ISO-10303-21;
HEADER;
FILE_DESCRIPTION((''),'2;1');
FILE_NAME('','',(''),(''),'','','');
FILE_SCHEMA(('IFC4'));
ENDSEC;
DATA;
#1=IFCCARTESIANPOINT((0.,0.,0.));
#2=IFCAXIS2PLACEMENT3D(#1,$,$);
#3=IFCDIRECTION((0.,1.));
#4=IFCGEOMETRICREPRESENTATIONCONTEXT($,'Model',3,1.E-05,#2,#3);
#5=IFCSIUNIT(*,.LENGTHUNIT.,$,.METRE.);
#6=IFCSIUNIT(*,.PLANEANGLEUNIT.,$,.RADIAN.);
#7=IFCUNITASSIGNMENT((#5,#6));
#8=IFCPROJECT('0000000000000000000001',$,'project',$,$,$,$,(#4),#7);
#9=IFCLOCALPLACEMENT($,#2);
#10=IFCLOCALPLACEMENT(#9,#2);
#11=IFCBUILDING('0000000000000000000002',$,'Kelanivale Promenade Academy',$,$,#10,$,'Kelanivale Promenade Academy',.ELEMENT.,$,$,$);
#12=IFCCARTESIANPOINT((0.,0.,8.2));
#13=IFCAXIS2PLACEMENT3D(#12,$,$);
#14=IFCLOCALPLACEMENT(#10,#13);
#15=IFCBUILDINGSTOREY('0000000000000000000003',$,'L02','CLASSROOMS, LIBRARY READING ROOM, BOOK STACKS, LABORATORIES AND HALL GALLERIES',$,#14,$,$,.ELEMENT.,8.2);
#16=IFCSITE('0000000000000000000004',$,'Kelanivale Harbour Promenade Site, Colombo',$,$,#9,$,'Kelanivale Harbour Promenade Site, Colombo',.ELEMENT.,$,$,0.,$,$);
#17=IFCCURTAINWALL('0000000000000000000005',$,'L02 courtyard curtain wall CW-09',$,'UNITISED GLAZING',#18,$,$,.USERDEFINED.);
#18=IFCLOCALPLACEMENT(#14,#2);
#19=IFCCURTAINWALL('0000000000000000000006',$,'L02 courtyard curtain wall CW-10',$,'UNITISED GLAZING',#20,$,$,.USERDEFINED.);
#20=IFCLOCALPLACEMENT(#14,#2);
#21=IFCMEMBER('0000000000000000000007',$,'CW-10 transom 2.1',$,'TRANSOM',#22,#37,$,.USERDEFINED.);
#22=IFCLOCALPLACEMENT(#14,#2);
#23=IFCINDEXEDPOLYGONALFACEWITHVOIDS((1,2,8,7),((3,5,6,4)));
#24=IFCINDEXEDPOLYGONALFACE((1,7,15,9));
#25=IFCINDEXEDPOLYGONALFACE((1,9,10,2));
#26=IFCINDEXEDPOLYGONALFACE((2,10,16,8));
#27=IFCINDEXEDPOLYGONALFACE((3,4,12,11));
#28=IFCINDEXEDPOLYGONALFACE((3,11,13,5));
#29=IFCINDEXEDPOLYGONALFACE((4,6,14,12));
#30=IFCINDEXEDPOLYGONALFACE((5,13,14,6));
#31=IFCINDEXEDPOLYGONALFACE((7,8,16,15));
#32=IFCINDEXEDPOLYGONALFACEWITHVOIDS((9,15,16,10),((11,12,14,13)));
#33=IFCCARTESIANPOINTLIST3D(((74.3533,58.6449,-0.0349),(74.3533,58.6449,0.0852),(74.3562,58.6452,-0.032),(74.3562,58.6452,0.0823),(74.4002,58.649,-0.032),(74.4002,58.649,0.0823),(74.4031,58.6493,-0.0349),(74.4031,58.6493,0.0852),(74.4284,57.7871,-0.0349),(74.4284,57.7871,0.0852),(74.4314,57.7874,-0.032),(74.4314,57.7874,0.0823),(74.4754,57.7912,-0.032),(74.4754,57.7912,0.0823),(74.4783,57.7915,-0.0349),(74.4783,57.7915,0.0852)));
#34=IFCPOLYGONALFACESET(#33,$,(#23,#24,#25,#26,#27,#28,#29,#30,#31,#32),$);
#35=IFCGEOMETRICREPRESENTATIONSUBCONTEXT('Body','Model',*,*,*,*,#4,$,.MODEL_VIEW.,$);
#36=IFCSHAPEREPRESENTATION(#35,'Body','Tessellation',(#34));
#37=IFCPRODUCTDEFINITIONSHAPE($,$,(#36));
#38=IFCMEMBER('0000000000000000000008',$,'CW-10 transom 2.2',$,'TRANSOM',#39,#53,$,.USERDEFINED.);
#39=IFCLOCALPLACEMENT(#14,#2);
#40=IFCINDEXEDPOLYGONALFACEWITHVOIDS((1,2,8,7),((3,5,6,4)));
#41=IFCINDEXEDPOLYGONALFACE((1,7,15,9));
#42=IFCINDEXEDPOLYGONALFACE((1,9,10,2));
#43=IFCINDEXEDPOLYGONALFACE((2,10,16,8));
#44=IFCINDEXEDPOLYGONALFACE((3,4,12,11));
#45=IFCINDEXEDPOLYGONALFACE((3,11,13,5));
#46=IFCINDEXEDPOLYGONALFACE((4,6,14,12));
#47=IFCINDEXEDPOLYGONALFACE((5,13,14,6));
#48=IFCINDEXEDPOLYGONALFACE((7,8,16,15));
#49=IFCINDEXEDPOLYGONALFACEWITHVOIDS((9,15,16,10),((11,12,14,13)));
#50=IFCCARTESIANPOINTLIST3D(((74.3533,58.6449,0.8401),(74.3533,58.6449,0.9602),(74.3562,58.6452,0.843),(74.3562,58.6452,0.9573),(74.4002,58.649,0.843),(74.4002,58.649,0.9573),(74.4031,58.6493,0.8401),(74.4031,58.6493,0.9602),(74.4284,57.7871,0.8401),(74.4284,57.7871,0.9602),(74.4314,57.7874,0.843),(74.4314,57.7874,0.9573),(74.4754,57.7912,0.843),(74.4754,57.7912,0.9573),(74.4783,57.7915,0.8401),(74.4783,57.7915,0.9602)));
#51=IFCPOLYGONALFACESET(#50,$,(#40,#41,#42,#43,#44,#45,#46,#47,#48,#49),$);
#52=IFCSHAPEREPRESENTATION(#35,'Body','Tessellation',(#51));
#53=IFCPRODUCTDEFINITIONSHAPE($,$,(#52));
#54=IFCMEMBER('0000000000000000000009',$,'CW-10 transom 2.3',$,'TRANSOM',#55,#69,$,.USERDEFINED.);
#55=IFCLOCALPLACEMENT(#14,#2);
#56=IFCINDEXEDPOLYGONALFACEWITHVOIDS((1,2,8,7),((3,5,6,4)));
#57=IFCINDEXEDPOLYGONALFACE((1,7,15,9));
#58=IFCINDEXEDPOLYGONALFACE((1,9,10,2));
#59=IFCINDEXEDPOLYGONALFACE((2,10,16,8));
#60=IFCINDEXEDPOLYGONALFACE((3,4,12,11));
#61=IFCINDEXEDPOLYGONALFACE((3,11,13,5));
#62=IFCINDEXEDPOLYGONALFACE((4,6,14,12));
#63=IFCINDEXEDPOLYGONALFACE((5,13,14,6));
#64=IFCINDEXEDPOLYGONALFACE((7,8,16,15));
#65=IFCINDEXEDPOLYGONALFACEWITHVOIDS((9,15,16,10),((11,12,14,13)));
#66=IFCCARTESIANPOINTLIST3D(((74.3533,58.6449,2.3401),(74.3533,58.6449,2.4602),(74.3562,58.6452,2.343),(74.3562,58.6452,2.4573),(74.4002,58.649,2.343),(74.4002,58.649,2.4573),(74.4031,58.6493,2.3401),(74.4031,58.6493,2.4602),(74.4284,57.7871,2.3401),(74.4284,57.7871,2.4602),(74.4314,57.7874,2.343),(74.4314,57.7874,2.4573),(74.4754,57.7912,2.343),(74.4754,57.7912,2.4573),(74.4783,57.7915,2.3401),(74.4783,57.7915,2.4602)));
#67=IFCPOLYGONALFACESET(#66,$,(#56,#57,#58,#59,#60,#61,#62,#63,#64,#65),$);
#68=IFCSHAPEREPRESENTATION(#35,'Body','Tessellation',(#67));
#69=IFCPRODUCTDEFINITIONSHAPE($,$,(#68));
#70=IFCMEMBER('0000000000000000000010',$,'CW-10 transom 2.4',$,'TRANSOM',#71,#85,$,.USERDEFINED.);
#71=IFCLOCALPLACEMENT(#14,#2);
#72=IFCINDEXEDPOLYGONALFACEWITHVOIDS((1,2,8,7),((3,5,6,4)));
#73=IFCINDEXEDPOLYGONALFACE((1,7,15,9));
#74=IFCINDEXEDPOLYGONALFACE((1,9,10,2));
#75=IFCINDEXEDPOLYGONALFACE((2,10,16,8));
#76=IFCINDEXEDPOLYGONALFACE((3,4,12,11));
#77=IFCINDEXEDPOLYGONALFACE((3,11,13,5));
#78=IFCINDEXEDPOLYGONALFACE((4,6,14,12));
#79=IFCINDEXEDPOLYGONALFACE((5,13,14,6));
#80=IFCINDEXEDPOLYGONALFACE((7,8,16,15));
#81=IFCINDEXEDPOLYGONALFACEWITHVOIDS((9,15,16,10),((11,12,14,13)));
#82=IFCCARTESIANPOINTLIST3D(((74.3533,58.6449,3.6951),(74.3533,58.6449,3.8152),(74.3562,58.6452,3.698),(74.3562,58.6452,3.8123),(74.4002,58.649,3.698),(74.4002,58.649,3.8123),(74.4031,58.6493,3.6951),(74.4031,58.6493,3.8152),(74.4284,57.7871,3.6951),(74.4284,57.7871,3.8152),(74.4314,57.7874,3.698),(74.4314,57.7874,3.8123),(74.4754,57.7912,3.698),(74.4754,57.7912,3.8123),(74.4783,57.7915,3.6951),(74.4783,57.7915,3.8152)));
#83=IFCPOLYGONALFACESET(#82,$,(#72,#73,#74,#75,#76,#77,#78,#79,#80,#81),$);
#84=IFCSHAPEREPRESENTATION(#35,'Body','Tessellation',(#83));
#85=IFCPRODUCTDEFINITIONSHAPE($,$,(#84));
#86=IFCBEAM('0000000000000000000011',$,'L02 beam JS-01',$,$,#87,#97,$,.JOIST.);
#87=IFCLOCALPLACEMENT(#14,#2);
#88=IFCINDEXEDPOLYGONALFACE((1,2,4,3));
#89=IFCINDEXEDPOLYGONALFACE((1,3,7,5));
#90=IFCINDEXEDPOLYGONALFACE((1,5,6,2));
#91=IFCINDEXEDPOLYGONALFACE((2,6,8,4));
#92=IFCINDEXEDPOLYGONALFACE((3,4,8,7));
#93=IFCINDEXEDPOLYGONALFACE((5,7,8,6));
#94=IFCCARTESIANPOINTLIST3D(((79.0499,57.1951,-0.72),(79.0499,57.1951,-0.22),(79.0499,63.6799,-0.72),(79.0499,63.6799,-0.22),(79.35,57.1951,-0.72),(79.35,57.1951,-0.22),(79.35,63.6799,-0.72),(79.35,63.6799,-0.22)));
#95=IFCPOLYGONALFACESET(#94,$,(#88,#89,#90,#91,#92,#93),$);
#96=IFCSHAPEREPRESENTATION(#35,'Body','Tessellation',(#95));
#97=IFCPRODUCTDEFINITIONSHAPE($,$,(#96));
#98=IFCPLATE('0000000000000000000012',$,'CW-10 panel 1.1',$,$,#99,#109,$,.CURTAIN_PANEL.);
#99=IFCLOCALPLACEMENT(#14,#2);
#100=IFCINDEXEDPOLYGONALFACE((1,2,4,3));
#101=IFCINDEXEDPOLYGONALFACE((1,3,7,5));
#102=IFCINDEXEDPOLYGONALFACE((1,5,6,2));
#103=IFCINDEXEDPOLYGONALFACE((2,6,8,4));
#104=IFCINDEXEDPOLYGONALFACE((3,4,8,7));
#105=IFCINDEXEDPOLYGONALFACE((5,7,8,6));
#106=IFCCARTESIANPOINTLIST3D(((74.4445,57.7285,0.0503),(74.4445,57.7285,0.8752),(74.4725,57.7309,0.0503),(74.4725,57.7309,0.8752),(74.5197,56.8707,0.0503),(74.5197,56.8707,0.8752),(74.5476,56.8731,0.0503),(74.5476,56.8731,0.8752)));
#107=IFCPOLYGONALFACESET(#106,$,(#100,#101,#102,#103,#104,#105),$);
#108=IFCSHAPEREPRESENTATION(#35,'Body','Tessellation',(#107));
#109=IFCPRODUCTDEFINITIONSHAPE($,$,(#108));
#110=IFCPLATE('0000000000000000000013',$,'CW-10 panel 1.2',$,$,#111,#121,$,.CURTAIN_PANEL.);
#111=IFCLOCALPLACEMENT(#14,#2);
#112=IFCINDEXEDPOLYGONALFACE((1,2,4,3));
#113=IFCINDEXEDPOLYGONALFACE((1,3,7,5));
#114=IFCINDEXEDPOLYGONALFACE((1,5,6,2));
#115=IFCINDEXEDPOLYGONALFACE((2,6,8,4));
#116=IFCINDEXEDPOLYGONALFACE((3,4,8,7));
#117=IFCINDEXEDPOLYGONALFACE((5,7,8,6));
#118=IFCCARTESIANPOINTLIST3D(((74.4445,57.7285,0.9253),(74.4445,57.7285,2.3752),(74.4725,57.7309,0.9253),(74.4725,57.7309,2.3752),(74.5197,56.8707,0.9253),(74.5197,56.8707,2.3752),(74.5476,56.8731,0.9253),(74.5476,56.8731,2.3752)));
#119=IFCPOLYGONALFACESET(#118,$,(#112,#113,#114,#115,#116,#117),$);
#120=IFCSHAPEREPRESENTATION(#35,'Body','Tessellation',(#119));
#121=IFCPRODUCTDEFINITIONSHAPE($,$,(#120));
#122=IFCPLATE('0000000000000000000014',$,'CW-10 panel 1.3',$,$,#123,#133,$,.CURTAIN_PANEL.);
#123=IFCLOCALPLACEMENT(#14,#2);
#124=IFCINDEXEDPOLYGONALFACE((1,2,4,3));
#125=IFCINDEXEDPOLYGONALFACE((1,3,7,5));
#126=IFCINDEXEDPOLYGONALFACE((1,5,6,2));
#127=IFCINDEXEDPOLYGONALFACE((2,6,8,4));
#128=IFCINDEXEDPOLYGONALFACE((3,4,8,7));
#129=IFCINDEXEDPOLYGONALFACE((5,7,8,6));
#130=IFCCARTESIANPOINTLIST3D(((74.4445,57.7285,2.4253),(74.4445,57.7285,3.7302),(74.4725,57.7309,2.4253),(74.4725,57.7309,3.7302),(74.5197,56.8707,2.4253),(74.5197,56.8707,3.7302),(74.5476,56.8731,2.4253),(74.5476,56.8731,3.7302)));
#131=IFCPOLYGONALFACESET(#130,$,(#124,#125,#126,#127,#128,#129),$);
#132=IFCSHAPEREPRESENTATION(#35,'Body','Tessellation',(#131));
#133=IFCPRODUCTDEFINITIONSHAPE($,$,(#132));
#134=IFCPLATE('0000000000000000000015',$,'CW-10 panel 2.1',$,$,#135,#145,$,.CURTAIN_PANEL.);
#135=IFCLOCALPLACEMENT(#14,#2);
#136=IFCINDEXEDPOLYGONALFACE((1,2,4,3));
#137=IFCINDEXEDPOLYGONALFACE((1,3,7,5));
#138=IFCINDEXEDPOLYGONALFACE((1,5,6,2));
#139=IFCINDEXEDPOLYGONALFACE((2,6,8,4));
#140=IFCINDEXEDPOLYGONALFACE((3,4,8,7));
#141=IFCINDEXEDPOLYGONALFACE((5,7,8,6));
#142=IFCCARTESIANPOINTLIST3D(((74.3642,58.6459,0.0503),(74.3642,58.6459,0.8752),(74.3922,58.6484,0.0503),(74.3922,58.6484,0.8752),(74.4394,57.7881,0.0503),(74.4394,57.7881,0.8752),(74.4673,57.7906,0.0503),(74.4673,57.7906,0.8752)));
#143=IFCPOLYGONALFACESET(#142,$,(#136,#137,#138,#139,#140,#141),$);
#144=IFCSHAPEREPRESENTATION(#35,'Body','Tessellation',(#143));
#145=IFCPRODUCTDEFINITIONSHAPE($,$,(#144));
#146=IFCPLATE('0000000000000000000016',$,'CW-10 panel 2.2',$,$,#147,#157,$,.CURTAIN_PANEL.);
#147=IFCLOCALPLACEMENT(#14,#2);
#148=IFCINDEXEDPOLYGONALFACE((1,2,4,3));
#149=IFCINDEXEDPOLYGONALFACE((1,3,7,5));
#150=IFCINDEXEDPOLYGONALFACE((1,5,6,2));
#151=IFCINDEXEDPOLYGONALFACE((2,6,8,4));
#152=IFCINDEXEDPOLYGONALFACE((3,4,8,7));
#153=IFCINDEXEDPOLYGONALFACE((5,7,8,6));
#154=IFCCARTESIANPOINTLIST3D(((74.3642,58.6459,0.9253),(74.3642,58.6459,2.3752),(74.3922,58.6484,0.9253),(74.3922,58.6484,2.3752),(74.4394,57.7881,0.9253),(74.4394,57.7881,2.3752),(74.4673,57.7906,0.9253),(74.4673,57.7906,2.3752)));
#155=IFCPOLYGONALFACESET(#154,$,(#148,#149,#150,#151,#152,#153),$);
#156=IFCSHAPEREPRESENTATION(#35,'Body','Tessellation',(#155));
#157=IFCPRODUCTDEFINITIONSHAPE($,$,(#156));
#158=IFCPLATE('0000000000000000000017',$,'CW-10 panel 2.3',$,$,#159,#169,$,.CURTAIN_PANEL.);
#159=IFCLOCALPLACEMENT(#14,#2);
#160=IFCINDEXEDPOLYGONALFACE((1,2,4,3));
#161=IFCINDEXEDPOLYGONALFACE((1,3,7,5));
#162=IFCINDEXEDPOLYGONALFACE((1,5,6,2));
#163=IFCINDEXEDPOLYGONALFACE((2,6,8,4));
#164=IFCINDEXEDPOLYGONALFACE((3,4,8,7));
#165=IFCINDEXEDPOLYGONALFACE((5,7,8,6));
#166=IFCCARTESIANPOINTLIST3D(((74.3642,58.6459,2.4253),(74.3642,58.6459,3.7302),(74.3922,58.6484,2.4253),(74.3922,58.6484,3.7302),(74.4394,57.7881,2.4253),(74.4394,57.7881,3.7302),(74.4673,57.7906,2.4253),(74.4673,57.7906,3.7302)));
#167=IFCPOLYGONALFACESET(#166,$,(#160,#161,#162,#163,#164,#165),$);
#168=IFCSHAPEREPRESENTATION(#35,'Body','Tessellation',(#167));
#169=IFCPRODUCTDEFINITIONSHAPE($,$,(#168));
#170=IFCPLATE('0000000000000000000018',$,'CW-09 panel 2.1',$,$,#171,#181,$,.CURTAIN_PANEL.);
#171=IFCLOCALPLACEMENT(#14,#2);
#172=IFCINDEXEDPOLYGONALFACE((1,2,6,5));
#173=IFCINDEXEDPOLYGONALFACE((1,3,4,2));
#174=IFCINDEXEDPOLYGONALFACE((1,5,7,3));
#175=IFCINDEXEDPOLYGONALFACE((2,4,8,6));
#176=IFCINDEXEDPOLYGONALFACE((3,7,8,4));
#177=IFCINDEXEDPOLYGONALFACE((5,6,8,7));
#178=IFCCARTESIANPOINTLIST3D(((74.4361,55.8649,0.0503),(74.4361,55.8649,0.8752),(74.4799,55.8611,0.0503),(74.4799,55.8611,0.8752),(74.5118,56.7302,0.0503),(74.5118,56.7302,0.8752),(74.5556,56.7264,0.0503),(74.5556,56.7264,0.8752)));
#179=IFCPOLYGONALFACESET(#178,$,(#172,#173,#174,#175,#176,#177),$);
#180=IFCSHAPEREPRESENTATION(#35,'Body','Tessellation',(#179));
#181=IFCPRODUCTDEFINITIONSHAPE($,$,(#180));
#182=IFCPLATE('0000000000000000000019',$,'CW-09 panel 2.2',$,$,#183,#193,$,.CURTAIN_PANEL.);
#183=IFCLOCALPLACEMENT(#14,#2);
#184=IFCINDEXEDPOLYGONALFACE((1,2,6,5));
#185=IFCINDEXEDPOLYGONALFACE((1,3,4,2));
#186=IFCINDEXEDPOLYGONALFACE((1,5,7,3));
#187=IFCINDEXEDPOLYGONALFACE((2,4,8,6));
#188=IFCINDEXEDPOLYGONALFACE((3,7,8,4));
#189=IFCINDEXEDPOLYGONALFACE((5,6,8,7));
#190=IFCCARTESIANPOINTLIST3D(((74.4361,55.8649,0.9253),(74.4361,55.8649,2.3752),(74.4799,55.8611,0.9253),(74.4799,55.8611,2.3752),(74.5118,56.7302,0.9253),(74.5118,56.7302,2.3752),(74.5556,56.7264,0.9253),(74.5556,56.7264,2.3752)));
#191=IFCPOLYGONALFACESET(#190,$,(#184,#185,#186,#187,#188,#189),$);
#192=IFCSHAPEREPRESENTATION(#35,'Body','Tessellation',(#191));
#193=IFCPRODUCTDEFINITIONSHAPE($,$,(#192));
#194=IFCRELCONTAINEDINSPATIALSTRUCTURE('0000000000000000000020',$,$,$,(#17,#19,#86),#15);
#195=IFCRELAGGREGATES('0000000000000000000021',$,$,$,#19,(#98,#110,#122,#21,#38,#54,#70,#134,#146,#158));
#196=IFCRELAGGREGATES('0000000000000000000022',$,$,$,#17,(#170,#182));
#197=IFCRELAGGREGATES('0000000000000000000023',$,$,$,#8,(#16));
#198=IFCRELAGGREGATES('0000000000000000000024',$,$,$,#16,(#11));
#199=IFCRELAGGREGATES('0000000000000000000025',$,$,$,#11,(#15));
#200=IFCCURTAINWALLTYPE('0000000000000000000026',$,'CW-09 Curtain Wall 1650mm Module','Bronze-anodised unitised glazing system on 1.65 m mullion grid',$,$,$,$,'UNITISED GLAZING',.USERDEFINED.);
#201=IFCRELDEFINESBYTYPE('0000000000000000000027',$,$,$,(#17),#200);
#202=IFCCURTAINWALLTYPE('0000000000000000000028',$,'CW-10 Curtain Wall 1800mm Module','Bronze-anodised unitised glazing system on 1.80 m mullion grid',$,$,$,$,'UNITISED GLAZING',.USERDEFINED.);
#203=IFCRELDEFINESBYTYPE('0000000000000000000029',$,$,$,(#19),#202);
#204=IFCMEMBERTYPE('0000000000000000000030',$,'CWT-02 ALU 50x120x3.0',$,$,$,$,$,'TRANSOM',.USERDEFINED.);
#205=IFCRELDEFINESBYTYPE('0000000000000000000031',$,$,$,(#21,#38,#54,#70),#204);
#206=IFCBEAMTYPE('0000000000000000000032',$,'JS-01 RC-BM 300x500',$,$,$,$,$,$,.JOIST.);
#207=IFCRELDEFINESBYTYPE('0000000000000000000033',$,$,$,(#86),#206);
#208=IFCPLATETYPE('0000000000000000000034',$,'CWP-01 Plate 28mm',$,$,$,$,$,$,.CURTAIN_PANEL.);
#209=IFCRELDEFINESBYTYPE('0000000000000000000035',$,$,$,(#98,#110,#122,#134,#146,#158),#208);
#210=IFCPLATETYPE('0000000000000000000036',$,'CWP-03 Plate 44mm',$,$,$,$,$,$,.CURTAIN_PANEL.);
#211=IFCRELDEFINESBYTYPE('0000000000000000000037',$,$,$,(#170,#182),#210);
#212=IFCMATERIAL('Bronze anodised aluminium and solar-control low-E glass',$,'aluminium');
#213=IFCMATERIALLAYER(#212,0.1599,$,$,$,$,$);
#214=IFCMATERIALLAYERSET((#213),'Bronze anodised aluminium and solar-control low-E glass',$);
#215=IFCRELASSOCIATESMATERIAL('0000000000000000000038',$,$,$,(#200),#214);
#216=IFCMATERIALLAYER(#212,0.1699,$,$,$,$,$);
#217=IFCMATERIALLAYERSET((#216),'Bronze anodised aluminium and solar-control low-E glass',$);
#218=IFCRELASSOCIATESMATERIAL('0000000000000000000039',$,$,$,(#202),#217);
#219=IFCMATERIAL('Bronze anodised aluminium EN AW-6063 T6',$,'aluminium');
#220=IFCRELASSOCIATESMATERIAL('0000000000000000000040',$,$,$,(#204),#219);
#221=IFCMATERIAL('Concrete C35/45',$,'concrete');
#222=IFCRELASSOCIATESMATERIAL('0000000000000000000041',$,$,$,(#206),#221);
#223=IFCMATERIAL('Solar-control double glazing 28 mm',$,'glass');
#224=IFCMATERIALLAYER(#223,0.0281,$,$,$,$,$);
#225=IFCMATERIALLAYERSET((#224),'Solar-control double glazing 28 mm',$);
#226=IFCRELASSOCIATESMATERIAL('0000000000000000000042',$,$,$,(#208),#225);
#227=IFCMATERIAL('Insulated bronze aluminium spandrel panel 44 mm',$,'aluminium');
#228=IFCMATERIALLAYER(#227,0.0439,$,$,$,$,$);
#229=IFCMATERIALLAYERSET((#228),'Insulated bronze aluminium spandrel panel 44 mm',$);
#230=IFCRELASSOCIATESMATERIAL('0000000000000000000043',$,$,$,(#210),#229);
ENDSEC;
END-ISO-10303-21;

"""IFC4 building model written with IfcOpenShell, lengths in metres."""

from ifc_helpers import new_model, si_unit, direction, frame, origin, origin_2d, place, context, subcontext, project, spatial, rectangle, hollow_rectangle, extrude, material, layer, layer_set, material_profile, profile_set, type_object, element, aggregate, save


model = new_model("IFC4")

# Units and contexts
model_context = context("Model", 3, precision=1e-05, world=origin(), true_north=direction((0.0, 1.0)))
body_context = subcontext(model_context, "Body", "Model", "MODEL_VIEW")
ifc_project = project(units=[si_unit("LENGTHUNIT", "METRE"), si_unit("PLANEANGLEUNIT", "RADIAN")], contexts=[model_context])

# Site, building, storey
site_placement = place(None, origin())
site = spatial("IfcSite", under=ifc_project, at=site_placement, Name="Kelanivale Harbour Promenade Site, Colombo", LongName="Kelanivale Harbour Promenade Site, Colombo", CompositionType="ELEMENT", RefElevation=0.0)
building_placement = place(site_placement, origin())
building = spatial("IfcBuilding", under=site, at=building_placement, Name="Kelanivale Promenade Academy", LongName="Kelanivale Promenade Academy", CompositionType="ELEMENT")
storey_placement = place(building_placement, frame((0.0, 0.0, 8.2)))
storey = spatial("IfcBuildingStorey", under=building, at=storey_placement, Name="L02", Description="CLASSROOMS, LIBRARY READING ROOM, BOOK STACKS, LABORATORIES AND HALL GALLERIES", CompositionType="ELEMENT", Elevation=8.2)

# Shared definitions
ifc_material_1 = material(Name="Concrete C35/45", Category="concrete")

# Curtain wall
ifc_material_2 = material(Name="Bronze anodised aluminium and solar-control low-E glass", Category="aluminium")
ifc_layer_1 = layer(ifc_material_2, 0.1599)
ifc_layer_set_1 = layer_set([ifc_layer_1], Name="Bronze anodised aluminium and solar-control low-E glass")
curtain_wall_type_1 = type_object("IfcCurtainWallType", Name="CW-09 Curtain Wall 1650mm Module", Description="Bronze-anodised unitised glazing system on 1.65 m mullion grid", ElementType="UNITISED GLAZING", PredefinedType="USERDEFINED", material=ifc_layer_set_1)
curtain_wall_1_placement = place(storey_placement, origin())
curtain_wall_1 = element("IfcCurtainWall", 1, at=curtain_wall_1_placement, inside=storey, type_object=curtain_wall_type_1, Name="L02 courtyard curtain wall CW-09", ObjectType="UNITISED GLAZING", PredefinedType="USERDEFINED")
ifc_material_3 = material(Name="Bronze anodised aluminium EN AW-6063 T6", Category="aluminium")

# Curtain wall
ifc_layer_2 = layer(ifc_material_2, 0.1699)
ifc_layer_set_2 = layer_set([ifc_layer_2], Name="Bronze anodised aluminium and solar-control low-E glass")
curtain_wall_type_2 = type_object("IfcCurtainWallType", Name="CW-10 Curtain Wall 1800mm Module", Description="Bronze-anodised unitised glazing system on 1.80 m mullion grid", ElementType="UNITISED GLAZING", PredefinedType="USERDEFINED", material=ifc_layer_set_2)
curtain_wall_2_placement = place(storey_placement, origin())
curtain_wall_2 = element("IfcCurtainWall", 2, at=curtain_wall_2_placement, inside=storey, type_object=curtain_wall_type_2, Name="L02 courtyard curtain wall CW-10", ObjectType="UNITISED GLAZING", PredefinedType="USERDEFINED")

# Members
ifc_material_profile_1 = material_profile(ifc_material_3, hollow_rectangle(XDim=0.05, YDim=0.1201, WallThickness=0.0029, at=origin_2d()), Name="ALU 50x120x3.0")
ifc_profile_set_1 = profile_set([ifc_material_profile_1], Name="Bronze anodised aluminium EN AW-6063 T6")
member_type_1 = type_object("IfcMemberType", Name="CWT-02 ALU 50x120x3.0", ElementType="TRANSOM", PredefinedType="USERDEFINED", material=ifc_profile_set_1)
member_1_placement = place(storey_placement, frame((74.4534, 57.7893, 0.0251), z_axis=(-0.087315, 0.996181, 0.0), x_axis=(-0.996181, -0.087315, 0.0)))
member_1 = element("IfcMember", 3, at=member_1_placement, type_object=member_type_1, Name="CW-10 transom 2.1", ObjectType="TRANSOM", PredefinedType="USERDEFINED", context=body_context, shape_type="SweptSolid", body=[
    extrude(hollow_rectangle(XDim=0.05, YDim=0.1201, WallThickness=0.0029, at=origin_2d()), origin(), (0.0, 0.0, 1.0), 0.8611),
])
member_2_placement = place(storey_placement, frame((74.4534, 57.7893, 0.9001), z_axis=(-0.087315, 0.996181, 0.0), x_axis=(-0.996181, -0.087315, 0.0)))
member_2 = element("IfcMember", 4, at=member_2_placement, type_object=member_type_1, Name="CW-10 transom 2.2", ObjectType="TRANSOM", PredefinedType="USERDEFINED", context=body_context, shape_type="SweptSolid", body=[
    extrude(hollow_rectangle(XDim=0.05, YDim=0.1201, WallThickness=0.0029, at=origin_2d()), origin(), (0.0, 0.0, 1.0), 0.8611),
])
member_3_placement = place(storey_placement, frame((74.4534, 57.7893, 2.4001), z_axis=(-0.087315, 0.996181, 0.0), x_axis=(-0.996181, -0.087315, 0.0)))
member_3 = element("IfcMember", 5, at=member_3_placement, type_object=member_type_1, Name="CW-10 transom 2.3", ObjectType="TRANSOM", PredefinedType="USERDEFINED", context=body_context, shape_type="SweptSolid", body=[
    extrude(hollow_rectangle(XDim=0.05, YDim=0.1201, WallThickness=0.0029, at=origin_2d()), origin(), (0.0, 0.0, 1.0), 0.8611),
])
member_4_placement = place(storey_placement, frame((74.4534, 57.7893, 3.7551), z_axis=(-0.087315, 0.996181, 0.0), x_axis=(-0.996181, -0.087315, 0.0)))
member_4 = element("IfcMember", 6, at=member_4_placement, type_object=member_type_1, Name="CW-10 transom 2.4", ObjectType="TRANSOM", PredefinedType="USERDEFINED", context=body_context, shape_type="SweptSolid", body=[
    extrude(hollow_rectangle(XDim=0.05, YDim=0.1201, WallThickness=0.0029, at=origin_2d()), origin(), (0.0, 0.0, 1.0), 0.8611),
])

# Beam
ifc_material_profile_2 = material_profile(ifc_material_1, rectangle(XDim=0.3, YDim=0.5, at=origin_2d()), Name="RC-BM 300x500")
ifc_profile_set_2 = profile_set([ifc_material_profile_2], Name="Concrete C35/45")
beam_type_1 = type_object("IfcBeamType", Name="JS-01 RC-BM 300x500", PredefinedType="JOIST", material=ifc_profile_set_2)
beam_1_placement = place(storey_placement, frame((79.2, 57.1951, -0.47), z_axis=(0.0, 1.0, 0.0), x_axis=(-1.0, 0.0, 0.0)))
element("IfcBeam", 7, at=beam_1_placement, inside=storey, type_object=beam_type_1, Name="L02 beam JS-01", PredefinedType="JOIST", context=body_context, shape_type="SweptSolid", body=[
    extrude(rectangle(XDim=0.3, YDim=0.5, at=origin_2d()), origin(), (0.0, 0.0, 1.0), 6.4849),
])

# Plates
ifc_material_4 = material(Name="Solar-control double glazing 28 mm", Category="glass")
ifc_layer_3 = layer(ifc_material_4, 0.0281)
ifc_layer_set_3 = layer_set([ifc_layer_3], Name="Solar-control double glazing 28 mm")
plate_type_1 = type_object("IfcPlateType", Name="CWP-01 Plate 28mm", PredefinedType="CURTAIN_PANEL", material=ifc_layer_set_3)
plate_1_placement = place(storey_placement, frame((74.4961, 57.3008, 0.0503), z_axis=(0.0, 0.0, 1.0), x_axis=(-0.087265, 0.996185, 0.0)))
plate_1 = element("IfcPlate", 8, at=plate_1_placement, type_object=plate_type_1, Name="CW-10 panel 1.1", PredefinedType="CURTAIN_PANEL", context=body_context, shape_type="SweptSolid", body=[
    extrude(rectangle(XDim=0.8611, YDim=0.0281, at=origin_2d()), origin(), (0.0, 0.0, 1.0), 0.825),
])
plate_2_placement = place(storey_placement, frame((74.4961, 57.3008, 0.9253), z_axis=(0.0, 0.0, 1.0), x_axis=(-0.087265, 0.996185, 0.0)))
plate_2 = element("IfcPlate", 9, at=plate_2_placement, type_object=plate_type_1, Name="CW-10 panel 1.2", PredefinedType="CURTAIN_PANEL", context=body_context, shape_type="SweptSolid", body=[
    extrude(rectangle(XDim=0.8611, YDim=0.0281, at=origin_2d()), origin(), (0.0, 0.0, 1.0), 1.45),
])
plate_3_placement = place(storey_placement, frame((74.4961, 57.3008, 2.4253), z_axis=(0.0, 0.0, 1.0), x_axis=(-0.087265, 0.996185, 0.0)))
plate_3 = element("IfcPlate", 10, at=plate_3_placement, type_object=plate_type_1, Name="CW-10 panel 1.3", PredefinedType="CURTAIN_PANEL", context=body_context, shape_type="SweptSolid", body=[
    extrude(rectangle(XDim=0.8611, YDim=0.0281, at=origin_2d()), origin(), (0.0, 0.0, 1.0), 1.3049),
])
plate_4_placement = place(storey_placement, frame((74.4158, 58.2183, 0.0503), z_axis=(0.0, 0.0, 1.0), x_axis=(-0.087265, 0.996185, 0.0)))
plate_4 = element("IfcPlate", 11, at=plate_4_placement, type_object=plate_type_1, Name="CW-10 panel 2.1", PredefinedType="CURTAIN_PANEL", context=body_context, shape_type="SweptSolid", body=[
    extrude(rectangle(XDim=0.8611, YDim=0.0281, at=origin_2d()), origin(), (0.0, 0.0, 1.0), 0.825),
])
plate_5_placement = place(storey_placement, frame((74.4158, 58.2183, 0.9253), z_axis=(0.0, 0.0, 1.0), x_axis=(-0.087265, 0.996185, 0.0)))
plate_5 = element("IfcPlate", 12, at=plate_5_placement, type_object=plate_type_1, Name="CW-10 panel 2.2", PredefinedType="CURTAIN_PANEL", context=body_context, shape_type="SweptSolid", body=[
    extrude(rectangle(XDim=0.8611, YDim=0.0281, at=origin_2d()), origin(), (0.0, 0.0, 1.0), 1.45),
])
plate_6_placement = place(storey_placement, frame((74.4158, 58.2183, 2.4253), z_axis=(0.0, 0.0, 1.0), x_axis=(-0.087265, 0.996185, 0.0)))
plate_6 = element("IfcPlate", 13, at=plate_6_placement, type_object=plate_type_1, Name="CW-10 panel 2.3", PredefinedType="CURTAIN_PANEL", context=body_context, shape_type="SweptSolid", body=[
    extrude(rectangle(XDim=0.8611, YDim=0.0281, at=origin_2d()), origin(), (0.0, 0.0, 1.0), 1.3049),
])
aggregate(curtain_wall_2, [plate_1, plate_2, plate_3, member_1, member_2, member_3, member_4, plate_4, plate_5, plate_6])
ifc_material_5 = material(Name="Insulated bronze aluminium spandrel panel 44 mm", Category="aluminium")
ifc_layer_4 = layer(ifc_material_5, 0.0439)
ifc_layer_set_4 = layer_set([ifc_layer_4], Name="Insulated bronze aluminium spandrel panel 44 mm")
plate_type_2 = type_object("IfcPlateType", Name="CWP-03 Plate 44mm", PredefinedType="CURTAIN_PANEL", material=ifc_layer_set_4)
plate_7_placement = place(storey_placement, frame((74.4958, 56.2957, 0.0503), z_axis=(0.0, 0.0, 1.0), x_axis=(0.087102, 0.996199, 0.0)))
plate_7 = element("IfcPlate", 14, at=plate_7_placement, type_object=plate_type_2, Name="CW-09 panel 2.1", PredefinedType="CURTAIN_PANEL", context=body_context, shape_type="SweptSolid", body=[
    extrude(rectangle(XDim=0.8687, YDim=0.0439, at=origin_2d()), origin(), (0.0, 0.0, 1.0), 0.825),
])
plate_8_placement = place(storey_placement, frame((74.4958, 56.2957, 0.9253), z_axis=(0.0, 0.0, 1.0), x_axis=(0.087102, 0.996199, 0.0)))
plate_8 = element("IfcPlate", 15, at=plate_8_placement, type_object=plate_type_2, Name="CW-09 panel 2.2", PredefinedType="CURTAIN_PANEL", context=body_context, shape_type="SweptSolid", body=[
    extrude(rectangle(XDim=0.8687, YDim=0.0439, at=origin_2d()), origin(), (0.0, 0.0, 1.0), 1.45),
])
aggregate(curtain_wall_1, [plate_7, plate_8])

save(model, "model.ifc")
